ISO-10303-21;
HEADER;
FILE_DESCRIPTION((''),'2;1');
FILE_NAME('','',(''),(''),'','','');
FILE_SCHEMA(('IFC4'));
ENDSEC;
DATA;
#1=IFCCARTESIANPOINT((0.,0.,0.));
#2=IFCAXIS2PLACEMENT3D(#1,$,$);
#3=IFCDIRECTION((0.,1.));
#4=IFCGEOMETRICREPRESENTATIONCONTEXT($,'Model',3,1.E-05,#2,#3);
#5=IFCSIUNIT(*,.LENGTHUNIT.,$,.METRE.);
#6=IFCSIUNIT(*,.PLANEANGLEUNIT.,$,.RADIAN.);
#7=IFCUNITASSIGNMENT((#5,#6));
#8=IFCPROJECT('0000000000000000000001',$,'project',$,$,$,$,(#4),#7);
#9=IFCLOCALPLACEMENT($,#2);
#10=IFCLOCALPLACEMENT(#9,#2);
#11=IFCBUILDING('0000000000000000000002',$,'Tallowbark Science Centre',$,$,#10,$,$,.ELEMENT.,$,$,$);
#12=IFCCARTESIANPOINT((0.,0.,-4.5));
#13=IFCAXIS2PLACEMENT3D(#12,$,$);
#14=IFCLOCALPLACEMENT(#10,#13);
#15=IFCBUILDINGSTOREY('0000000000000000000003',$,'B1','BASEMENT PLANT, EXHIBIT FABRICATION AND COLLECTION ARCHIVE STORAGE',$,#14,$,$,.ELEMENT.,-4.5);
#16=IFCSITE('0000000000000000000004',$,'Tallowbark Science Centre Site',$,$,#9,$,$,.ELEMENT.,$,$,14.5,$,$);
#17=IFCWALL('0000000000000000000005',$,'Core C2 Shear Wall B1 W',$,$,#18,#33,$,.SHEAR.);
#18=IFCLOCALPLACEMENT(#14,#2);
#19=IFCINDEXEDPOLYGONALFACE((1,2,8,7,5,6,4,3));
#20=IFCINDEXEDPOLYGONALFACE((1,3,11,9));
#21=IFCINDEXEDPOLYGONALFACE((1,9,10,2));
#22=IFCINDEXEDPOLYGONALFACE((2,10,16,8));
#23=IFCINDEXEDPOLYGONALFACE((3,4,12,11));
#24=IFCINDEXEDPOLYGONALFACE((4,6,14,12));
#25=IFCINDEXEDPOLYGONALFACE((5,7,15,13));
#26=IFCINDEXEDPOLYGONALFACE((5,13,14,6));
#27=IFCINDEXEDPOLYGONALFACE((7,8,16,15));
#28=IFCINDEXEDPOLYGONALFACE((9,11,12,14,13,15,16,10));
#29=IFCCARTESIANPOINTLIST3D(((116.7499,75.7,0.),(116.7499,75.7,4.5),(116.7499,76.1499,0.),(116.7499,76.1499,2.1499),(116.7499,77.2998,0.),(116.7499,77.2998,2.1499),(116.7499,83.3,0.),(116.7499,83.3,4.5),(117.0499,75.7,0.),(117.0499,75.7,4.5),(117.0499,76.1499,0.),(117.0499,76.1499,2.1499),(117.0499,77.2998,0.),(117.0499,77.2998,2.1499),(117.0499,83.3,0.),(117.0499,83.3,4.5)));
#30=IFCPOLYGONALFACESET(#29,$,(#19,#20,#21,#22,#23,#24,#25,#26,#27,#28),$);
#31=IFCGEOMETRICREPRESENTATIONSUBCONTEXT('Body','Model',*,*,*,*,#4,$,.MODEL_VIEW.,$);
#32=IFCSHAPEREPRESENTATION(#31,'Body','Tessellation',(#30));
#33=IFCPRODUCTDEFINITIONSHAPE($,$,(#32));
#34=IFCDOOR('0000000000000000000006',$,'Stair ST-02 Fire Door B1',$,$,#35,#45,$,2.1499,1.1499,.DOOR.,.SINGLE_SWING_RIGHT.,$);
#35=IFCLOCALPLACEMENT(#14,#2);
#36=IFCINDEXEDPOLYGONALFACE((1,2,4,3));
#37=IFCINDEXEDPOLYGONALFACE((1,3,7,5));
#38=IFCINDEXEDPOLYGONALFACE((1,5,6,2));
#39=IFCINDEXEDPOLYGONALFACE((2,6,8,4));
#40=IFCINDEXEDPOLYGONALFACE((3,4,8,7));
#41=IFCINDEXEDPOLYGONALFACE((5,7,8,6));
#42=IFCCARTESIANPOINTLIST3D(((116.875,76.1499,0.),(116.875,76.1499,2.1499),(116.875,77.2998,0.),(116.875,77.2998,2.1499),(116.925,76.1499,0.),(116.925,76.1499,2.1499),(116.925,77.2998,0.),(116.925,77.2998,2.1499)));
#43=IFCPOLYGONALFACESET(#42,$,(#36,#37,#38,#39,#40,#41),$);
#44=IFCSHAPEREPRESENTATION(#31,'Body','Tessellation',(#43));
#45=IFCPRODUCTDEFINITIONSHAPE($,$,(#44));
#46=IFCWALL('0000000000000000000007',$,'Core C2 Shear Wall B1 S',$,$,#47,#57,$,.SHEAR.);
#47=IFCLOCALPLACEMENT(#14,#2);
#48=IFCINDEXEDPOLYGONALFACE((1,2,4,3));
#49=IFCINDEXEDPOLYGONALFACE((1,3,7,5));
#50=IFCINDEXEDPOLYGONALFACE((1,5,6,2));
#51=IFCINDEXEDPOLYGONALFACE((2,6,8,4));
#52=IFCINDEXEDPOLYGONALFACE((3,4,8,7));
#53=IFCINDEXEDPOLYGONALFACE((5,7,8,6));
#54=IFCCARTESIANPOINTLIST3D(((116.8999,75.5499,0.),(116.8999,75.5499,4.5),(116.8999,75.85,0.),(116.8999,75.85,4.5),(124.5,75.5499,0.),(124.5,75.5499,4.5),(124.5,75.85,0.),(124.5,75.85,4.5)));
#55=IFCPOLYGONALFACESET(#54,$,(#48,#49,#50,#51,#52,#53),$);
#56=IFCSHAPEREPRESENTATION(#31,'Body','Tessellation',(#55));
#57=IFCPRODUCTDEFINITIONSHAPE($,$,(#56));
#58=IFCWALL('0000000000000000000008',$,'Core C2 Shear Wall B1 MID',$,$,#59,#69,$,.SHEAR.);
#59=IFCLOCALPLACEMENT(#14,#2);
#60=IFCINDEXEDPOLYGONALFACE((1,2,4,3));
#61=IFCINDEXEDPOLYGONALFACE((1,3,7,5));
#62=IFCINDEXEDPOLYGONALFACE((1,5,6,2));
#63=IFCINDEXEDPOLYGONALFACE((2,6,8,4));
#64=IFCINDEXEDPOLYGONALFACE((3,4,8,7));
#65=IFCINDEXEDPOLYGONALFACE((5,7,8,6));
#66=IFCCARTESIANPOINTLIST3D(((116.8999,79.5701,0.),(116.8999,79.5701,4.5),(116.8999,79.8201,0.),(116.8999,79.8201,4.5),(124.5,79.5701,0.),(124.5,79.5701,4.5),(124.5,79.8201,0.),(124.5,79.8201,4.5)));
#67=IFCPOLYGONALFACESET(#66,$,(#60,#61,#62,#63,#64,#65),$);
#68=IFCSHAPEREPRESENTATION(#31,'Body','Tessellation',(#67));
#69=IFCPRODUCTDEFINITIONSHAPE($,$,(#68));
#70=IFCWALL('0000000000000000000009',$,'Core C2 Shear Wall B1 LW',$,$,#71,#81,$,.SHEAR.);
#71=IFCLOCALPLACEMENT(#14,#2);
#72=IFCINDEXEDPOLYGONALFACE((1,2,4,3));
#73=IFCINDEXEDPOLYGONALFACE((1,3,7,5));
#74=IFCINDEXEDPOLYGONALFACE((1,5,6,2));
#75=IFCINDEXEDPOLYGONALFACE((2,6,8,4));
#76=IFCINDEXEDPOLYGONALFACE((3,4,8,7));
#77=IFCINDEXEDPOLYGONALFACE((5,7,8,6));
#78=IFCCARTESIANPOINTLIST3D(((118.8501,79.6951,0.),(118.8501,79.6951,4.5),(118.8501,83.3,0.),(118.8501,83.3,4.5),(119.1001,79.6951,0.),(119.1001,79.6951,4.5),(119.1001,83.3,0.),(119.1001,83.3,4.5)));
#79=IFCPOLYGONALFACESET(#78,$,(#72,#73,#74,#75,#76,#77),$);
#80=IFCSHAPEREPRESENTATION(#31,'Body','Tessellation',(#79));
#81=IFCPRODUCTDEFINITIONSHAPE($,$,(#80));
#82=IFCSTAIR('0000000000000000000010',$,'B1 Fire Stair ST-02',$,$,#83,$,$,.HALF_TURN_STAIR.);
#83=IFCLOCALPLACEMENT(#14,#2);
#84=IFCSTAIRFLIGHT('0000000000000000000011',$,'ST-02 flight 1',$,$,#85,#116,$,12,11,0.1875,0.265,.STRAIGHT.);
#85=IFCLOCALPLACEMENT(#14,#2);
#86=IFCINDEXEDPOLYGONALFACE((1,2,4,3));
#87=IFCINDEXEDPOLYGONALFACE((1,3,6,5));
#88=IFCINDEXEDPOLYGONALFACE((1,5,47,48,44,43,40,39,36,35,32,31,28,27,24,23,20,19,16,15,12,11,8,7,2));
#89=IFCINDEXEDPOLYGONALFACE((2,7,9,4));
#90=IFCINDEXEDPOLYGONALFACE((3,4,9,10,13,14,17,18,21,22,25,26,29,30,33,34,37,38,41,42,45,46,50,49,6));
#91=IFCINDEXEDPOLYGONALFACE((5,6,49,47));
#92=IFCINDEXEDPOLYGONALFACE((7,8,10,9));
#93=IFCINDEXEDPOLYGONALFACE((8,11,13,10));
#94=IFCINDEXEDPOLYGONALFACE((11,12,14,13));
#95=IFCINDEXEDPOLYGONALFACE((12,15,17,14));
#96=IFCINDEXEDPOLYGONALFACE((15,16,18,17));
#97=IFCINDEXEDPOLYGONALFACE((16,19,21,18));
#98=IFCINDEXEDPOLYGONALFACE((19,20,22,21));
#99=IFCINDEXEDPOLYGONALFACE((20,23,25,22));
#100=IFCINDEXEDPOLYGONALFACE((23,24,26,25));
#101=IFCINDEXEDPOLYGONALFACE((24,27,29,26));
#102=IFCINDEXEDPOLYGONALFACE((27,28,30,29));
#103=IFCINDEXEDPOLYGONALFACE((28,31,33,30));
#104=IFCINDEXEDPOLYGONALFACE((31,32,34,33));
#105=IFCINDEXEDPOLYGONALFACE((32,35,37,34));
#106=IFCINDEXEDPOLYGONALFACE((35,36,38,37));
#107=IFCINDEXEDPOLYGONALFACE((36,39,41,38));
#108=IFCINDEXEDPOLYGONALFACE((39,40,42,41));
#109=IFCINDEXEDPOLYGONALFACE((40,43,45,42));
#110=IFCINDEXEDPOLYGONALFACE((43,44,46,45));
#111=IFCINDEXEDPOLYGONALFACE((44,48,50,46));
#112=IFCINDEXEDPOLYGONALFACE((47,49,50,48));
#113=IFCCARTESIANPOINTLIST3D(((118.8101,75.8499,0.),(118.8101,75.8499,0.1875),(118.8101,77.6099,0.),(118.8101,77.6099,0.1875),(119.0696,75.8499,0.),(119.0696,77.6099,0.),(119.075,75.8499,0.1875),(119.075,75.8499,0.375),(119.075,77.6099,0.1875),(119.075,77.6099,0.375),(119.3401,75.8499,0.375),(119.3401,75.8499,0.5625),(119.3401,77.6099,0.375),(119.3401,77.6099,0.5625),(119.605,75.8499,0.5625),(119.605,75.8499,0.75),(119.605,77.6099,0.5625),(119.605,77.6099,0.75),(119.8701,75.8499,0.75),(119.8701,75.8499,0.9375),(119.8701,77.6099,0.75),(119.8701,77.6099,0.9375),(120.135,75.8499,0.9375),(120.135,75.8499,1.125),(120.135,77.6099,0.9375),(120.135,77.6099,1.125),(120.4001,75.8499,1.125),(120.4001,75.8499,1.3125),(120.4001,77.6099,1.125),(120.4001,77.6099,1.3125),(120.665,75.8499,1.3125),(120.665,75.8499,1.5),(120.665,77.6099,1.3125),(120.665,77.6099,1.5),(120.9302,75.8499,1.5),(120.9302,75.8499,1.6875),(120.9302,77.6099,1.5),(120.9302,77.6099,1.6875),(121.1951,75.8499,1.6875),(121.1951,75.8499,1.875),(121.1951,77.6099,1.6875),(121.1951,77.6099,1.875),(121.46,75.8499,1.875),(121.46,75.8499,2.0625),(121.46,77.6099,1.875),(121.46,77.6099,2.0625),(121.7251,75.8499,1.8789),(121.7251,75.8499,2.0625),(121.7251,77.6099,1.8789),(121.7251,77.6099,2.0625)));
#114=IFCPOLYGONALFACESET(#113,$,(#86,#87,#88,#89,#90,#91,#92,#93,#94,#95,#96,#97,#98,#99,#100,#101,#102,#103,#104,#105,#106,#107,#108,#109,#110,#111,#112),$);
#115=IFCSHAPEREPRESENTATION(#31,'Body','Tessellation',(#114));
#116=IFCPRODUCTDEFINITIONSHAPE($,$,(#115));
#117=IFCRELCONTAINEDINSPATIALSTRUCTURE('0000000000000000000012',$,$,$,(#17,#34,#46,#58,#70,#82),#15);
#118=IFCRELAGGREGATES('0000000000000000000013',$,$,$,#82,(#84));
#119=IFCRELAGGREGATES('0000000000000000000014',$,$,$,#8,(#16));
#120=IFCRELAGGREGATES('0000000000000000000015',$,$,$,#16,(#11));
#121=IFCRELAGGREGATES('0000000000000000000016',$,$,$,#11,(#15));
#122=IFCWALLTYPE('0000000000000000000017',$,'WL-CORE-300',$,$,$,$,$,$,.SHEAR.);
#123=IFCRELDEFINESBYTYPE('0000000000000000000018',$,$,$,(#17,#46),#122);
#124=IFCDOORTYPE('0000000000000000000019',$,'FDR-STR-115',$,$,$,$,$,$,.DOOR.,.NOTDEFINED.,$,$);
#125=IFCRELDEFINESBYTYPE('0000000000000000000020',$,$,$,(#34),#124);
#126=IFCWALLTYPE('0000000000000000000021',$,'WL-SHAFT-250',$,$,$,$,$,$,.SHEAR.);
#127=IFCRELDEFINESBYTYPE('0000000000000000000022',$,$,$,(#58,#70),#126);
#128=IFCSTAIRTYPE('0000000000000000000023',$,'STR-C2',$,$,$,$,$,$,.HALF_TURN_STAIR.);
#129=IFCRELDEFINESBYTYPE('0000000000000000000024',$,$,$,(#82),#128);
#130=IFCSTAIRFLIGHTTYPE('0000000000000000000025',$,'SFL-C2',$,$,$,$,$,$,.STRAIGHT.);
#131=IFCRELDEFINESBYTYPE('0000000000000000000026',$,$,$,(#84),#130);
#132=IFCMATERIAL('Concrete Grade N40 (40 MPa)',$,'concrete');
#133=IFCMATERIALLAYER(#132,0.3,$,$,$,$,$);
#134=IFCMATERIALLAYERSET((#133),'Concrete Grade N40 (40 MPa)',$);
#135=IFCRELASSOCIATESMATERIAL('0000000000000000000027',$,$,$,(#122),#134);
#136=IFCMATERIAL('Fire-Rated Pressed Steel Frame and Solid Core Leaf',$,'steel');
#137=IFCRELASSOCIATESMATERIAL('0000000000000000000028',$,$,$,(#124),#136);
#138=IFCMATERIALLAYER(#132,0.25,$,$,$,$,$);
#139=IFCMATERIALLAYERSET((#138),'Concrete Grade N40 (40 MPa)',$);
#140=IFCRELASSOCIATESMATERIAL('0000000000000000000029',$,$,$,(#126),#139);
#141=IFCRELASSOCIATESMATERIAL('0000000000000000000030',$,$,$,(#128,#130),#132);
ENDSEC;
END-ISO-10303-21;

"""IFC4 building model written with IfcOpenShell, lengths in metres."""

from ifc_helpers import new_model, si_unit, direction, frame, frame_2d, origin, place, context, subcontext, project, spatial, polyline, rectangle, outline, extrude, material, layer, layer_set, type_object, element, fill, aggregate, save


model = new_model("IFC4")

# Units and contexts
model_context = context("Model", 3, precision=1e-05, world=origin(), true_north=direction((0.0, 1.0)))
body_context = subcontext(model_context, "Body", "Model", "MODEL_VIEW")
ifc_project = project(units=[si_unit("LENGTHUNIT", "METRE"), si_unit("PLANEANGLEUNIT", "RADIAN")], contexts=[model_context])

# Site, building, storey
site_placement = place(None, origin())
site = spatial("IfcSite", under=ifc_project, at=site_placement, Name="Tallowbark Science Centre Site", CompositionType="ELEMENT", RefElevation=14.5)
building_placement = place(site_placement, origin())
building = spatial("IfcBuilding", under=site, at=building_placement, Name="Tallowbark Science Centre", CompositionType="ELEMENT")
storey_placement = place(building_placement, frame((0.0, 0.0, -4.5)))
storey = spatial("IfcBuildingStorey", under=building, at=storey_placement, Name="B1", Description="BASEMENT PLANT, EXHIBIT FABRICATION AND COLLECTION ARCHIVE STORAGE", CompositionType="ELEMENT", Elevation=-4.5)

# Shared definitions
ifc_material_1 = material(Name="Concrete Grade N40 (40 MPa)", Category="concrete")

# Wall, opening, door
ifc_layer_1 = layer(ifc_material_1, 0.3)
ifc_layer_set_1 = layer_set([ifc_layer_1], Name="Concrete Grade N40 (40 MPa)")
wall_type_1 = type_object("IfcWallType", Name="WL-CORE-300", PredefinedType="SHEAR", material=ifc_layer_set_1)
wall_1_placement = place(storey_placement, frame((116.8999, 75.7, 0.0), z_axis=(0.0, 0.0, 1.0), x_axis=(0.0, 1.0, 0.0)))
wall_1 = element("IfcWall", 1, at=wall_1_placement, inside=storey, type_object=wall_type_1, Name="Core C2 Shear Wall B1 W", PredefinedType="SHEAR", context=body_context, shape_type="SweptSolid", body=[
    extrude(rectangle(XDim=7.6001, YDim=0.3, at=frame_2d((3.8, 0.0))), origin(), (0.0, 0.0, 1.0), 4.5),
])
opening_placement = place(wall_1_placement, frame((0.45, 0.0, 0.0)))
opening = element("IfcOpeningElement", 2, at=opening_placement, cuts=wall_1, PredefinedType="OPENING", context=body_context, shape_type="SweptSolid", body=[
    extrude(rectangle(XDim=1.1499, YDim=2.1499, at=frame_2d((0.575, 1.075))), frame((0.0, 0.1602, 0.0), z_axis=(0.0, -1.0, 0.0), x_axis=(1.0, 0.0, 0.0)), (0.0, 0.0, 1.0), 0.3201),
])
ifc_material_2 = material(Name="Fire-Rated Pressed Steel Frame and Solid Core Leaf", Category="steel")
door_type = type_object("IfcDoorType", Name="FDR-STR-115", OperationType="NOTDEFINED", PredefinedType="DOOR", material=ifc_material_2)
door_placement = place(opening_placement, origin())
door = element("IfcDoor", 3, at=door_placement, inside=storey, type_object=door_type, Name="Stair ST-02 Fire Door B1", OperationType="SINGLE_SWING_RIGHT", OverallHeight=2.1499, OverallWidth=1.1499, PredefinedType="DOOR", context=body_context, shape_type="SweptSolid", body=[
    extrude(rectangle(XDim=1.1499, YDim=2.1499, at=frame_2d((0.575, 1.075))), frame((0.0, 0.0249, 0.0), z_axis=(0.0, -1.0, 0.0), x_axis=(1.0, 0.0, 0.0)), (0.0, 0.0, 1.0), 0.05),
])
fill(opening, door)

# Walls
wall_2_placement = place(storey_placement, frame((116.8999, 75.7, 0.0), z_axis=(0.0, 0.0, 1.0), x_axis=(1.0, 0.0, 0.0)))
element("IfcWall", 4, at=wall_2_placement, inside=storey, type_object=wall_type_1, Name="Core C2 Shear Wall B1 S", PredefinedType="SHEAR", context=body_context, shape_type="SweptSolid", body=[
    extrude(rectangle(XDim=7.6001, YDim=0.3, at=frame_2d((3.8, 0.0))), origin(), (0.0, 0.0, 1.0), 4.5),
])
ifc_layer_2 = layer(ifc_material_1, 0.25)
ifc_layer_set_2 = layer_set([ifc_layer_2], Name="Concrete Grade N40 (40 MPa)")
wall_type_2 = type_object("IfcWallType", Name="WL-SHAFT-250", PredefinedType="SHEAR", material=ifc_layer_set_2)
wall_3_placement = place(storey_placement, frame((116.8999, 79.6951, 0.0), z_axis=(0.0, 0.0, 1.0), x_axis=(1.0, 0.0, 0.0)))
element("IfcWall", 5, at=wall_3_placement, inside=storey, type_object=wall_type_2, Name="Core C2 Shear Wall B1 MID", PredefinedType="SHEAR", context=body_context, shape_type="SweptSolid", body=[
    extrude(rectangle(XDim=7.6001, YDim=0.25, at=frame_2d((3.8, 0.0))), origin(), (0.0, 0.0, 1.0), 4.5),
])
wall_4_placement = place(storey_placement, frame((118.9751, 79.6951, 0.0), z_axis=(0.0, 0.0, 1.0), x_axis=(0.0, 1.0, 0.0)))
element("IfcWall", 6, at=wall_4_placement, inside=storey, type_object=wall_type_2, Name="Core C2 Shear Wall B1 LW", PredefinedType="SHEAR", context=body_context, shape_type="SweptSolid", body=[
    extrude(rectangle(XDim=3.605, YDim=0.25, at=frame_2d((1.8025, 0.0))), origin(), (0.0, 0.0, 1.0), 4.5),
])

# Stair, stair flight
stair_type = type_object("IfcStairType", Name="STR-C2", PredefinedType="HALF_TURN_STAIR", material=ifc_material_1)
stair_placement = place(storey_placement, origin())
stair = element("IfcStair", 7, at=stair_placement, inside=storey, type_object=stair_type, Name="B1 Fire Stair ST-02", PredefinedType="HALF_TURN_STAIR")
stair_flight_type = type_object("IfcStairFlightType", Name="SFL-C2", PredefinedType="STRAIGHT", material=ifc_material_1)
stair_flight_placement = place(storey_placement, frame((118.8101, 76.73, 0.0), z_axis=(0.0, 0.0, 1.0), x_axis=(1.0, 0.0, 0.0)))
stair_flight = element("IfcStairFlight", 8, at=stair_flight_placement, type_object=stair_flight_type, Name="ST-02 flight 1", NumberOfRisers=12, NumberOfTreads=11, PredefinedType="STRAIGHT", RiserHeight=0.1875, TreadLength=0.265, context=body_context, shape_type="SweptSolid", body=[
    extrude(outline(polyline([(0.0, 0.0), (0.0, 0.1875), (0.2649, 0.1875), (0.2649, 0.375), (0.53, 0.375), (0.53, 0.5625), (0.7949, 0.5625), (0.7949, 0.75), (1.0601, 0.75), (1.0601, 0.9375), (1.325, 0.9375), (1.325, 1.125), (1.5901, 1.125), (1.5901, 1.3125), (1.855, 1.3125), (1.855, 1.5), (2.1201, 1.5), (2.1201, 1.6875), (2.385, 1.6875), (2.385, 1.875), (2.6499, 1.875), (2.6499, 2.0625), (2.915, 2.0625), (2.915, 2.25), (2.915, 1.8789), (0.2595, 0.0), (0.0, 0.0)])), frame((0.0, 0.8799, 0.0), z_axis=(0.0, -1.0, 0.0), x_axis=(1.0, 0.0, 0.0)), (0.0, 0.0, 1.0), 1.76),
])
aggregate(stair, [stair_flight])

save(model, "model.ifc")
